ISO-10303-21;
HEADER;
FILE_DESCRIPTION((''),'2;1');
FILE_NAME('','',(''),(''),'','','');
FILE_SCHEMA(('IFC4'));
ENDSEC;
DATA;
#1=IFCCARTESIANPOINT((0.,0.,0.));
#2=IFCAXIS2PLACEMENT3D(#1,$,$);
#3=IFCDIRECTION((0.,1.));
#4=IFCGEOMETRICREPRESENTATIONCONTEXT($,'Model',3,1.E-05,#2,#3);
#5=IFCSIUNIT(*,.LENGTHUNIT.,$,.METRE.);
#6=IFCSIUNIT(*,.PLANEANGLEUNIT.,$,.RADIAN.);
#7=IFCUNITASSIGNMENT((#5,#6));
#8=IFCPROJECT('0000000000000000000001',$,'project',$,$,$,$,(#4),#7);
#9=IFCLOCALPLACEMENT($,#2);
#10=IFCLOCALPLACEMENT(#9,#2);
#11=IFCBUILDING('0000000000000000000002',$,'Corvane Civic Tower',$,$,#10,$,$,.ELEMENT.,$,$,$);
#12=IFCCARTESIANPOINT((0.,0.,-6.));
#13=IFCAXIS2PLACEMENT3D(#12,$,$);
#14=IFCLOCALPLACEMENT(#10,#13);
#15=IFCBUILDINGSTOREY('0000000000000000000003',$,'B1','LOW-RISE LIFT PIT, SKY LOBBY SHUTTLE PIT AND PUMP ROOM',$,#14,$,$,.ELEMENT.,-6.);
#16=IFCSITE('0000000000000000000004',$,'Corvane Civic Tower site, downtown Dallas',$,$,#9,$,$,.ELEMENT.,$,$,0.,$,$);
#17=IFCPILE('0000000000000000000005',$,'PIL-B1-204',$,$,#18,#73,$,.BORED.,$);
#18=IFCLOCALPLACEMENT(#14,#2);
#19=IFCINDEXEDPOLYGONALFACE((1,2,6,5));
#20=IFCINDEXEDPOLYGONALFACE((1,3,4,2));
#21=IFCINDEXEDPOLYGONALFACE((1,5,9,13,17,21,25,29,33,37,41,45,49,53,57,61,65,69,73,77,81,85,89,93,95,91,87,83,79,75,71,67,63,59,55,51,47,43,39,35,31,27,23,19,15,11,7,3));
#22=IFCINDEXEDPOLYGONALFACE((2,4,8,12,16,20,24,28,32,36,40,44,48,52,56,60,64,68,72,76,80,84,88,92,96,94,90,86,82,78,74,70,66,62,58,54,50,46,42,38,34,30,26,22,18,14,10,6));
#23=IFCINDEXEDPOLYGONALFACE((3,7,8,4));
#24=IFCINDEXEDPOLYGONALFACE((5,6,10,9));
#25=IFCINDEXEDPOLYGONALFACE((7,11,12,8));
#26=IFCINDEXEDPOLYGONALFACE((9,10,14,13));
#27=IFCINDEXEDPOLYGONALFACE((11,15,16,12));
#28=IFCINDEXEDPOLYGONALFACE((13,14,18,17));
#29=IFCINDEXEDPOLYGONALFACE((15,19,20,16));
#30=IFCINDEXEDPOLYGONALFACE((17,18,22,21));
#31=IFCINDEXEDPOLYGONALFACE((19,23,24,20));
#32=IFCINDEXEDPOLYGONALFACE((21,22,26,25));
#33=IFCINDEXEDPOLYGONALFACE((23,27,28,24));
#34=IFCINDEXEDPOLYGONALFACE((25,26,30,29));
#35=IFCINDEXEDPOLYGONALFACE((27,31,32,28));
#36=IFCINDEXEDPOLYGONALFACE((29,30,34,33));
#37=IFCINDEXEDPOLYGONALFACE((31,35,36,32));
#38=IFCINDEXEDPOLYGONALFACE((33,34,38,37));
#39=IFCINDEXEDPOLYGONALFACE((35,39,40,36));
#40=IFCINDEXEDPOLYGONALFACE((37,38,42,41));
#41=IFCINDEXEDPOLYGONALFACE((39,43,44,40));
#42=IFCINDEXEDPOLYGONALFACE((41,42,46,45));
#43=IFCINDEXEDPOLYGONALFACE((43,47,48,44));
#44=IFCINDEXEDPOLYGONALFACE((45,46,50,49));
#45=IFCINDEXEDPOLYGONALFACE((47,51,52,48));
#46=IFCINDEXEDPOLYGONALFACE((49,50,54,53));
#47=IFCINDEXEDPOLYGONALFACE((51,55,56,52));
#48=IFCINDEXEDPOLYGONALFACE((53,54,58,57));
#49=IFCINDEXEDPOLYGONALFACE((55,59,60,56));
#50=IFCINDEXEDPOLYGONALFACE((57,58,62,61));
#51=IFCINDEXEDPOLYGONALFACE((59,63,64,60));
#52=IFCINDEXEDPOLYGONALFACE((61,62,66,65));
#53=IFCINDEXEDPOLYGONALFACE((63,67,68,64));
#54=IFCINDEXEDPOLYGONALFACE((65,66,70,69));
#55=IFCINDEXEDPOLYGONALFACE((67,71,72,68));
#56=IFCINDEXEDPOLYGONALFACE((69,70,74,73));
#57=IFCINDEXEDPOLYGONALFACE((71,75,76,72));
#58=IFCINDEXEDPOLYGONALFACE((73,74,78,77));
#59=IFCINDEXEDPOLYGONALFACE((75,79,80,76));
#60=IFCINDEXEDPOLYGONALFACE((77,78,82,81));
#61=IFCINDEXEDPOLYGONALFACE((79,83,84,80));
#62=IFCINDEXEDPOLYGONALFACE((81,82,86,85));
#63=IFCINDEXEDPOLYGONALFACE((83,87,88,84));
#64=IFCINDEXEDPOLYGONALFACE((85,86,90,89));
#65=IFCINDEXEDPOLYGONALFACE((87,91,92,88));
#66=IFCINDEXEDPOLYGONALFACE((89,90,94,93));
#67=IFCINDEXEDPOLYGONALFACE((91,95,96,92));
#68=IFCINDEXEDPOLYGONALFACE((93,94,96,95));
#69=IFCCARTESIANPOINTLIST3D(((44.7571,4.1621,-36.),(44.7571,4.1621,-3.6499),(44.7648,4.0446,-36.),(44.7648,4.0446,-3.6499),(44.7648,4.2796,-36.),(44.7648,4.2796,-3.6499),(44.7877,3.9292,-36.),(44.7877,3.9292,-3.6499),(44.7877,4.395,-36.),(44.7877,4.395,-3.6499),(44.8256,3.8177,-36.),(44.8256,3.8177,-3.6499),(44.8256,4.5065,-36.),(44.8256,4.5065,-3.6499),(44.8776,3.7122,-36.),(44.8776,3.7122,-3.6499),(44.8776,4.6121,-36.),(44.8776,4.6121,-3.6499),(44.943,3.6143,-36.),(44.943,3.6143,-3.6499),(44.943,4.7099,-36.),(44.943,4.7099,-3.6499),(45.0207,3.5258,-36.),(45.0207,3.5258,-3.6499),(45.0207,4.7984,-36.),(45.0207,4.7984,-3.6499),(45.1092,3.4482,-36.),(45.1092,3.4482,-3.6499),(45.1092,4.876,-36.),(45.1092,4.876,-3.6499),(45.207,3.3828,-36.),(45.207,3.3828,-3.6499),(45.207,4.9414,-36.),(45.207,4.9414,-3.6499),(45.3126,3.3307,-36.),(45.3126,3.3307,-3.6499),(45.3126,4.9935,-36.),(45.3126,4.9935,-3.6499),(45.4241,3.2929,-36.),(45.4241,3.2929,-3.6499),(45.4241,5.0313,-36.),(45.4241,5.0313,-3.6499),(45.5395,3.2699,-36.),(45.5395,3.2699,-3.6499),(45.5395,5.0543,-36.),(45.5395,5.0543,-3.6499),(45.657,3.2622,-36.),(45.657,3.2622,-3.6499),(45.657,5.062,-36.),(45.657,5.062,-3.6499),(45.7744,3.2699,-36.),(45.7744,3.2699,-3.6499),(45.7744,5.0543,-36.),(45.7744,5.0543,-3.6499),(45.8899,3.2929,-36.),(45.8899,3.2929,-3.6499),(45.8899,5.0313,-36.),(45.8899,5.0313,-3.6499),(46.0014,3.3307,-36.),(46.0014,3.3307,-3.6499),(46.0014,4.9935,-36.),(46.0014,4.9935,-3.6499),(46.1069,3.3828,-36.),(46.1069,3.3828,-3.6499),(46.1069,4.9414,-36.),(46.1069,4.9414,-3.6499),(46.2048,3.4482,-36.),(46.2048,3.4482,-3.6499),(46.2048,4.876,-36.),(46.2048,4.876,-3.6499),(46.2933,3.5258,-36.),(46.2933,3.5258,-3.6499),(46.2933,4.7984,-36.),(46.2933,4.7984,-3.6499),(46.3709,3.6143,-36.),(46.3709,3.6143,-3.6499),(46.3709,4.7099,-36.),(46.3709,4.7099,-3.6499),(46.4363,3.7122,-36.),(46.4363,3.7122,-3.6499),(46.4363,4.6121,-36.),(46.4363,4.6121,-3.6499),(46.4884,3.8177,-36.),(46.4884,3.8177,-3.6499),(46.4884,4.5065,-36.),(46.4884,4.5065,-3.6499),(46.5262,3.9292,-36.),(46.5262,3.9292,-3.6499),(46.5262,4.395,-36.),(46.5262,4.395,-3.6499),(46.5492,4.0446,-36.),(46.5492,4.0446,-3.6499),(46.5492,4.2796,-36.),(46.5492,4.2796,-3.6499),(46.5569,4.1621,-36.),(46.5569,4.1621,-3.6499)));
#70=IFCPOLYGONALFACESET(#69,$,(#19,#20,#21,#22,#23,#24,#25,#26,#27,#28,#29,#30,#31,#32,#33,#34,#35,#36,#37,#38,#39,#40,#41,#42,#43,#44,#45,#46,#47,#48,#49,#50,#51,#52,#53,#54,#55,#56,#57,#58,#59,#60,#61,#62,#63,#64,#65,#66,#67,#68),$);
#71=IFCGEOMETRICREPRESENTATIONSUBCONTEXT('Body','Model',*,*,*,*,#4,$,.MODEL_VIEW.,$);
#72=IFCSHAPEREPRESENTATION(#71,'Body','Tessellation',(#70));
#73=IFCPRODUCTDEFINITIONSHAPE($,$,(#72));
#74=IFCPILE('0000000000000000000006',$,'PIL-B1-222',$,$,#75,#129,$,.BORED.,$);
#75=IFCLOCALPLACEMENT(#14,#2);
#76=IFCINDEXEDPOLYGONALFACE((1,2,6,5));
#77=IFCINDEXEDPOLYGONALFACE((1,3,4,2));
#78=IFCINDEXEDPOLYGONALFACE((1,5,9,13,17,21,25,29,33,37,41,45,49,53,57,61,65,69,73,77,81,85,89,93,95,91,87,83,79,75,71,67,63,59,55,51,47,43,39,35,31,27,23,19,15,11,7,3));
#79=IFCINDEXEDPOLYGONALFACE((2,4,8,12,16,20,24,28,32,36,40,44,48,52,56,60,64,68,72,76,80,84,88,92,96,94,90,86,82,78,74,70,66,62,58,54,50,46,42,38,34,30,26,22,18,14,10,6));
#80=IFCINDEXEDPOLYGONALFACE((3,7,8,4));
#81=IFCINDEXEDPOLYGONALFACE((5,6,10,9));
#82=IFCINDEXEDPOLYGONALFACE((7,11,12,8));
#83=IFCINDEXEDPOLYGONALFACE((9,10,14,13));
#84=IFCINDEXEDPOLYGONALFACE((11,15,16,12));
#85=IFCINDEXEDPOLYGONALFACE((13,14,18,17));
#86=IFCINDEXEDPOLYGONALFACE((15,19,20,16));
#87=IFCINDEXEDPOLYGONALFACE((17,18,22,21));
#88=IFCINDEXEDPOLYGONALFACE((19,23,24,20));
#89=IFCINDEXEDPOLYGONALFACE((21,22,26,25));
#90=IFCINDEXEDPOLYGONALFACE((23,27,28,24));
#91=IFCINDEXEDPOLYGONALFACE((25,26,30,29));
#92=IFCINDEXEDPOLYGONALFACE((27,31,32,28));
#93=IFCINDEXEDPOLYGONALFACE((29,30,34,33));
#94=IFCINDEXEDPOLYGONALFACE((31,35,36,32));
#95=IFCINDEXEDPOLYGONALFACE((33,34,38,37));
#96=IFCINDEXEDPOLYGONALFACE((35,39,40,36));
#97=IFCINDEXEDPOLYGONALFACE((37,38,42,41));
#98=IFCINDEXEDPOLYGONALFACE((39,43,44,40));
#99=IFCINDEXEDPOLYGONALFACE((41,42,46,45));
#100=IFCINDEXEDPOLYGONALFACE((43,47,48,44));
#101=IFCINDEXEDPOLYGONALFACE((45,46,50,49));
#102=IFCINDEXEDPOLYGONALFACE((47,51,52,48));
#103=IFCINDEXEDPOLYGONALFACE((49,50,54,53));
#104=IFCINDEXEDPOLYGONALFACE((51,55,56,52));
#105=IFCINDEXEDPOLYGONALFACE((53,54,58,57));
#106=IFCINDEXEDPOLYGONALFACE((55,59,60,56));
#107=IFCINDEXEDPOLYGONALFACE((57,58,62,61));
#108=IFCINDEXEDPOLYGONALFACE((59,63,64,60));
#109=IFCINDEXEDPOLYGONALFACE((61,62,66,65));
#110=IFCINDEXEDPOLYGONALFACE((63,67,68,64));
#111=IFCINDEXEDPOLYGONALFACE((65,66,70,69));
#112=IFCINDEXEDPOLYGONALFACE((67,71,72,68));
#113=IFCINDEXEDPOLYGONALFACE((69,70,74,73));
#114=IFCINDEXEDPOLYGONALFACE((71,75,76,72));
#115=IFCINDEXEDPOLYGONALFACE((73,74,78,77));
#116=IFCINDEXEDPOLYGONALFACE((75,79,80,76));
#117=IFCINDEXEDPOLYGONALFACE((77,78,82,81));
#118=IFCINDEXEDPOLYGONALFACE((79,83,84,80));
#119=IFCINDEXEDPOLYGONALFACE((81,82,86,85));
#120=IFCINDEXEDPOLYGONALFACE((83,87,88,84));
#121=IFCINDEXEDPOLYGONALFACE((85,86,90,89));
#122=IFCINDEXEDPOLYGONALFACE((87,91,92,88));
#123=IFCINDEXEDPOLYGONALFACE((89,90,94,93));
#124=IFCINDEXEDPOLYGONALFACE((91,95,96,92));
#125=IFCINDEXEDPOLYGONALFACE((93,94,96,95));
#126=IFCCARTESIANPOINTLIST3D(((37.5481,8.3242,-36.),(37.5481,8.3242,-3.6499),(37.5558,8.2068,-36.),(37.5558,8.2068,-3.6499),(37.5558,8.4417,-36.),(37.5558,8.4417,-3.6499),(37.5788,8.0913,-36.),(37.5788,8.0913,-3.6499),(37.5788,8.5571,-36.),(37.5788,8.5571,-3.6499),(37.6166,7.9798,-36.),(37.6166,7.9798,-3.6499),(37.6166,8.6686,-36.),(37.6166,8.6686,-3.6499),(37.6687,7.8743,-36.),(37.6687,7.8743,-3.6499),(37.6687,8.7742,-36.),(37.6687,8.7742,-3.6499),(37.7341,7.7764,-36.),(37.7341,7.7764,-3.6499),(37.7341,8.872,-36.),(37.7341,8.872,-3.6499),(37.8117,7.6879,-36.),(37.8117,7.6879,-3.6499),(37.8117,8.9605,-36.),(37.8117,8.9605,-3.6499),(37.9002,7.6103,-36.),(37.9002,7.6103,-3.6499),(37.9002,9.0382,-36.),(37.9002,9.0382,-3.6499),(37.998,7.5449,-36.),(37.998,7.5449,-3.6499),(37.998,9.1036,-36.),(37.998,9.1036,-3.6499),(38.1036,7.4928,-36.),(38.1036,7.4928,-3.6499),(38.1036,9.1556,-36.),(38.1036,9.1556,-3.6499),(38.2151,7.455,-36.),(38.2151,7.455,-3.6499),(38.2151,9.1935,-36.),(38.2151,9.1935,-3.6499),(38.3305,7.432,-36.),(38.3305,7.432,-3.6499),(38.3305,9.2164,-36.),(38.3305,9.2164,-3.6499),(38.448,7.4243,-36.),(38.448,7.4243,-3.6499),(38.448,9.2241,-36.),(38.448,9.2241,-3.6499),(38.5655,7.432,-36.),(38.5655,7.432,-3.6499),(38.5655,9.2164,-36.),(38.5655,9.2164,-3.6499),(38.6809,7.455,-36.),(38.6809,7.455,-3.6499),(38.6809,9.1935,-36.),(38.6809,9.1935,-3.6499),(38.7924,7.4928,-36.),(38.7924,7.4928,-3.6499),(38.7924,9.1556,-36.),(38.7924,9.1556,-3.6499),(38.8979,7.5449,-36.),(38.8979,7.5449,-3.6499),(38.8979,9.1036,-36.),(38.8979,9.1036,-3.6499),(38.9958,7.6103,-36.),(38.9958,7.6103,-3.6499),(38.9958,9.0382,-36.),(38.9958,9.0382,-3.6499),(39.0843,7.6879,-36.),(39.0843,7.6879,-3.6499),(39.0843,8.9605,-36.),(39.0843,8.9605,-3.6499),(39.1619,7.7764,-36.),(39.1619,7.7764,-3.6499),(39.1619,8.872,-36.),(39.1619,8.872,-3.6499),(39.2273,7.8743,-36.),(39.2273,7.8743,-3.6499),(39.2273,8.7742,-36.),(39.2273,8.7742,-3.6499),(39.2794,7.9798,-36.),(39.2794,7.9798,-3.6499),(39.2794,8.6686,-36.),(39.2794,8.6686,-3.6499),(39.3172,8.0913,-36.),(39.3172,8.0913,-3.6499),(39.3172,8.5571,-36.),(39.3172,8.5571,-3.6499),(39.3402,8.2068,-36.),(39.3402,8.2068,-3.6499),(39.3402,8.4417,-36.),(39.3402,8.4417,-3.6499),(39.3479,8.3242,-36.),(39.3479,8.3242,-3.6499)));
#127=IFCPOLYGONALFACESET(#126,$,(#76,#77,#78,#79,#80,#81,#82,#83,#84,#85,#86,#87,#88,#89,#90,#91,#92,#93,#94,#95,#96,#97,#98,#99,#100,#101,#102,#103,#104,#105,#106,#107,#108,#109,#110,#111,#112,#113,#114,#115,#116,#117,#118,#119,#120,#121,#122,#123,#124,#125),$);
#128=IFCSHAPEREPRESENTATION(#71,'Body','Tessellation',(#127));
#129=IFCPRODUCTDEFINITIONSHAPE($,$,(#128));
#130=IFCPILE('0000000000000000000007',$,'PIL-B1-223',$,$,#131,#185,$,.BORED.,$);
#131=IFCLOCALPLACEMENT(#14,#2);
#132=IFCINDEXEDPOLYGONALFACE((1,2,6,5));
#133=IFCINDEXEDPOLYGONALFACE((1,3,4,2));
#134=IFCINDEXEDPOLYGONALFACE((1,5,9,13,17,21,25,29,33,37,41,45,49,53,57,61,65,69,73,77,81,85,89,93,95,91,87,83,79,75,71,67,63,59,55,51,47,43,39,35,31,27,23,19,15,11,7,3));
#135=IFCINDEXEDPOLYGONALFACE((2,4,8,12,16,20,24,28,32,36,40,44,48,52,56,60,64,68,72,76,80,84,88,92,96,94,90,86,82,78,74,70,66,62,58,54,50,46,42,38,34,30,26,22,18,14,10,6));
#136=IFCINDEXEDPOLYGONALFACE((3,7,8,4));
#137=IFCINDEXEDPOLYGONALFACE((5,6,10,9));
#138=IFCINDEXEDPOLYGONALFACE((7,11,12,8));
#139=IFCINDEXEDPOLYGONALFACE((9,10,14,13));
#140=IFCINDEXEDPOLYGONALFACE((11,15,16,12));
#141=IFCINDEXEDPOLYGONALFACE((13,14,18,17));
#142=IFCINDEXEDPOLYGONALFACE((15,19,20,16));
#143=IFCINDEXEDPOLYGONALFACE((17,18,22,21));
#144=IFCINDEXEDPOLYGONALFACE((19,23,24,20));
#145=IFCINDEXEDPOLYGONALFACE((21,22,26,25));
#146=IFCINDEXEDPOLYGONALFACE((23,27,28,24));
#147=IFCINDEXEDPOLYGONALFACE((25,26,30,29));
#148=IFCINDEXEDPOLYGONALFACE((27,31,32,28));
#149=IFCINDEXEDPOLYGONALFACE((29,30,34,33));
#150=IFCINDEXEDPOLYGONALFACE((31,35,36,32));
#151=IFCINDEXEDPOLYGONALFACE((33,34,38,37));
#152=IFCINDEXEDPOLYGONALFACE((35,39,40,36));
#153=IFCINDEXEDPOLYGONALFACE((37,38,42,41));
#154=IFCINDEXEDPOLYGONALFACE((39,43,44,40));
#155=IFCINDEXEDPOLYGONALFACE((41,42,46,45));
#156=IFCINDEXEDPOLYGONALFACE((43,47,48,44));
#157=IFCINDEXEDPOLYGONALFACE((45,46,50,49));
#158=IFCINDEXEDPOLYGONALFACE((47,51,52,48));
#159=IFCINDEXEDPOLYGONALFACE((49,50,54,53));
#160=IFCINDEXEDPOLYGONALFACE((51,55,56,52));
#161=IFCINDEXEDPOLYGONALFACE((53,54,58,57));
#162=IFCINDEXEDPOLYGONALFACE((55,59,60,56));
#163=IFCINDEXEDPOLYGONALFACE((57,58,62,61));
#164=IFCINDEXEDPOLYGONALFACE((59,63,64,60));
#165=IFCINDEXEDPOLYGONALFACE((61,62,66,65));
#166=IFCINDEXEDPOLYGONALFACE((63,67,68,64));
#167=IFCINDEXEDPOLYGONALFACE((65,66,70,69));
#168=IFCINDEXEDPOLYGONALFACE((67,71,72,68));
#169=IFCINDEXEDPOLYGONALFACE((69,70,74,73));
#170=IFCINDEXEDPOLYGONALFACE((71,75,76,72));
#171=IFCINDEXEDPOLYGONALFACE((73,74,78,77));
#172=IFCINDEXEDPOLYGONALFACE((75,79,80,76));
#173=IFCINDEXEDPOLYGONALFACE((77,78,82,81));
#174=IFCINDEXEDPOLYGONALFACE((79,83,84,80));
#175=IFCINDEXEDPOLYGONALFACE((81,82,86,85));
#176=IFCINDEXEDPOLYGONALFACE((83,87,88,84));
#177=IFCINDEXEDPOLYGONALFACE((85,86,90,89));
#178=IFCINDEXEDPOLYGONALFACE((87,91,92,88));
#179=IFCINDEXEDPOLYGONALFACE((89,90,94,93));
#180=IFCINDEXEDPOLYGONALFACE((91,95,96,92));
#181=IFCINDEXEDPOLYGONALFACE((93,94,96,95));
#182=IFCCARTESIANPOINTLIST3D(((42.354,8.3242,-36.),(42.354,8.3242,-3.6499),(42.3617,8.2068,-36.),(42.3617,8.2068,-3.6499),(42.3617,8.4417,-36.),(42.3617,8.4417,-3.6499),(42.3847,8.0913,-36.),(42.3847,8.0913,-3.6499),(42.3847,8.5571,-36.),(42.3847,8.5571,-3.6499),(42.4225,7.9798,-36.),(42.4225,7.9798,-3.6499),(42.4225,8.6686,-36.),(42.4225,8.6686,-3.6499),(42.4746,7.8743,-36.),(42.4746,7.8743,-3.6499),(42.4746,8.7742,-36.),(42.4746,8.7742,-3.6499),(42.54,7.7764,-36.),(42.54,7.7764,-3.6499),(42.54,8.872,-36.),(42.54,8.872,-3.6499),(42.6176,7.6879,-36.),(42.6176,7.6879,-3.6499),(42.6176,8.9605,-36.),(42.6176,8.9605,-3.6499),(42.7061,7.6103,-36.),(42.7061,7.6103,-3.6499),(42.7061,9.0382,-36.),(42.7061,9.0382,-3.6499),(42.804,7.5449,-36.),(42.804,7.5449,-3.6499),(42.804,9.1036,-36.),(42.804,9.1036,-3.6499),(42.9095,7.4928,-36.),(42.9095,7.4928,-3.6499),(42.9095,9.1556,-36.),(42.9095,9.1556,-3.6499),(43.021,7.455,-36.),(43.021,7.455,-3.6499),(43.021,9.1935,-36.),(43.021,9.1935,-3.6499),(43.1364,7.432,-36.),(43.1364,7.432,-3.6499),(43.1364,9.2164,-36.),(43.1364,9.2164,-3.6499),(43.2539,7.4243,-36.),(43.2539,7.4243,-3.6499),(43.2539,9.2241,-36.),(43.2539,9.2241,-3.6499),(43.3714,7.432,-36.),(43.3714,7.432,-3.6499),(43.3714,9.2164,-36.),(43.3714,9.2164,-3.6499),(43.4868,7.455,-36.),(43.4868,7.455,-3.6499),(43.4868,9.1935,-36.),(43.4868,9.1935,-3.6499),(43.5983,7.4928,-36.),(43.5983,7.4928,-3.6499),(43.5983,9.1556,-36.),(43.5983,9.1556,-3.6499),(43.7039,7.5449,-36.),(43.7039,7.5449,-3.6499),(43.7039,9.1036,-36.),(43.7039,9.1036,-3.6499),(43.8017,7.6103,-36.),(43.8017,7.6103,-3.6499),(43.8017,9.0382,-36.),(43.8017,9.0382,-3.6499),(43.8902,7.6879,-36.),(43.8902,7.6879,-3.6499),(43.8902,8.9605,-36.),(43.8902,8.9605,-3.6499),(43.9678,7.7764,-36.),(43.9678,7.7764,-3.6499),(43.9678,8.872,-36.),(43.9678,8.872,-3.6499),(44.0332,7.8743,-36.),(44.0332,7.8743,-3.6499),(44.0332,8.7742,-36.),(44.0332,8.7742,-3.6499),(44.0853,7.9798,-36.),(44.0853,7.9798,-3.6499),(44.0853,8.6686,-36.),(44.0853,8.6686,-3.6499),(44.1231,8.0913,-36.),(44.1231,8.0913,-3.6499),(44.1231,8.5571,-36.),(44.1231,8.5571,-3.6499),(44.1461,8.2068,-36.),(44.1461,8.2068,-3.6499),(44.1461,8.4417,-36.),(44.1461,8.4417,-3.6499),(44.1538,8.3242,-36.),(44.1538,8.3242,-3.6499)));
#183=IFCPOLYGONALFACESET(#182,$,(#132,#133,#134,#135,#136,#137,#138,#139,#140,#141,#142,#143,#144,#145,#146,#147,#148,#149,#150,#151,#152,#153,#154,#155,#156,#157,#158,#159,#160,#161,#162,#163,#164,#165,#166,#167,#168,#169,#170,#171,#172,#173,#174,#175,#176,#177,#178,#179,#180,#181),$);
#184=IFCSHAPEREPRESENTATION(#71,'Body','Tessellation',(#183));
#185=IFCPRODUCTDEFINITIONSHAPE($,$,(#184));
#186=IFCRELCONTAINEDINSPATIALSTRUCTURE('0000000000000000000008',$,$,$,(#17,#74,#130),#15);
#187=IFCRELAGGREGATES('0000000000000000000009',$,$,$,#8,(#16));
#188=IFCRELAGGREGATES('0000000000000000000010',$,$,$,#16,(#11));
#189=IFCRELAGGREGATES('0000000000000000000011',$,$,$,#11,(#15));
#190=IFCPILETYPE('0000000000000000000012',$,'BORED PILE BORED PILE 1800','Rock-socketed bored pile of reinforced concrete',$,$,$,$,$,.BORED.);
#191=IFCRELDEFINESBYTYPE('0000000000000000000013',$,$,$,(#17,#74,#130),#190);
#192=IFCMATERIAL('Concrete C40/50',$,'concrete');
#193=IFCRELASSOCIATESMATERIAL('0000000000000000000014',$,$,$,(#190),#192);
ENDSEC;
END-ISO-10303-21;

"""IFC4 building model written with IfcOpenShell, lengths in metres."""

from ifc_helpers import new_model, si_unit, direction, frame, origin, origin_2d, place, context, subcontext, project, spatial, circle, extrude, material, material_profile, profile_set, type_object, element, save


model = new_model("IFC4")

# Units and contexts
model_context = context("Model", 3, precision=1e-05, world=origin(), true_north=direction((0.0, 1.0)))
body_context = subcontext(model_context, "Body", "Model", "MODEL_VIEW")
ifc_project = project(units=[si_unit("LENGTHUNIT", "METRE"), si_unit("PLANEANGLEUNIT", "RADIAN")], contexts=[model_context])

# Site, building, storey
site_placement = place(None, origin())
site = spatial("IfcSite", under=ifc_project, at=site_placement, Name="Corvane Civic Tower site, downtown Dallas", CompositionType="ELEMENT", RefElevation=0.0)
building_placement = place(site_placement, origin())
building = spatial("IfcBuilding", under=site, at=building_placement, Name="Corvane Civic Tower", CompositionType="ELEMENT")
storey_placement = place(building_placement, frame((0.0, 0.0, -6.0)))
storey = spatial("IfcBuildingStorey", under=building, at=storey_placement, Name="B1", Description="LOW-RISE LIFT PIT, SKY LOBBY SHUTTLE PIT AND PUMP ROOM", CompositionType="ELEMENT", Elevation=-6.0)

# Piles
ifc_material_1 = material(Name="Concrete C40/50", Category="concrete")
ifc_material_profile_1 = material_profile(ifc_material_1, circle(Radius=0.8999, at=origin_2d()), Name="BORED PILE 1800")
ifc_profile_set_1 = profile_set([ifc_material_profile_1], Name="Concrete C40/50")
pile_type_1 = type_object("IfcPileType", Name="BORED PILE BORED PILE 1800", Description="Rock-socketed bored pile of reinforced concrete", PredefinedType="BORED", material=ifc_profile_set_1)
for number, where, z_axis, x_axis, name in (
    (1, (45.657, 4.1621, -3.6499), (0.0, 0.0, -1.0), (1.0, 0.0, 0.0), "PIL-B1-204"),
    (2, (38.448, 8.3242, -3.6499), (0.0, 0.0, -1.0), (1.0, 0.0, 0.0), "PIL-B1-222"),
    (3, (43.2539, 8.3242, -3.6499), (0.0, 0.0, -1.0), (1.0, 0.0, 0.0), "PIL-B1-223"),
):
    element("IfcPile", number, at=place(storey_placement, frame(where, z_axis=z_axis, x_axis=x_axis)), inside=storey, type_object=pile_type_1, Name=name, PredefinedType="BORED", context=body_context, shape_type="SweptSolid", body=[
        extrude(circle(Radius=0.8999, at=origin_2d()), origin(), (0.0, 0.0, 1.0), 32.3501),
    ])

save(model, "model.ifc")
